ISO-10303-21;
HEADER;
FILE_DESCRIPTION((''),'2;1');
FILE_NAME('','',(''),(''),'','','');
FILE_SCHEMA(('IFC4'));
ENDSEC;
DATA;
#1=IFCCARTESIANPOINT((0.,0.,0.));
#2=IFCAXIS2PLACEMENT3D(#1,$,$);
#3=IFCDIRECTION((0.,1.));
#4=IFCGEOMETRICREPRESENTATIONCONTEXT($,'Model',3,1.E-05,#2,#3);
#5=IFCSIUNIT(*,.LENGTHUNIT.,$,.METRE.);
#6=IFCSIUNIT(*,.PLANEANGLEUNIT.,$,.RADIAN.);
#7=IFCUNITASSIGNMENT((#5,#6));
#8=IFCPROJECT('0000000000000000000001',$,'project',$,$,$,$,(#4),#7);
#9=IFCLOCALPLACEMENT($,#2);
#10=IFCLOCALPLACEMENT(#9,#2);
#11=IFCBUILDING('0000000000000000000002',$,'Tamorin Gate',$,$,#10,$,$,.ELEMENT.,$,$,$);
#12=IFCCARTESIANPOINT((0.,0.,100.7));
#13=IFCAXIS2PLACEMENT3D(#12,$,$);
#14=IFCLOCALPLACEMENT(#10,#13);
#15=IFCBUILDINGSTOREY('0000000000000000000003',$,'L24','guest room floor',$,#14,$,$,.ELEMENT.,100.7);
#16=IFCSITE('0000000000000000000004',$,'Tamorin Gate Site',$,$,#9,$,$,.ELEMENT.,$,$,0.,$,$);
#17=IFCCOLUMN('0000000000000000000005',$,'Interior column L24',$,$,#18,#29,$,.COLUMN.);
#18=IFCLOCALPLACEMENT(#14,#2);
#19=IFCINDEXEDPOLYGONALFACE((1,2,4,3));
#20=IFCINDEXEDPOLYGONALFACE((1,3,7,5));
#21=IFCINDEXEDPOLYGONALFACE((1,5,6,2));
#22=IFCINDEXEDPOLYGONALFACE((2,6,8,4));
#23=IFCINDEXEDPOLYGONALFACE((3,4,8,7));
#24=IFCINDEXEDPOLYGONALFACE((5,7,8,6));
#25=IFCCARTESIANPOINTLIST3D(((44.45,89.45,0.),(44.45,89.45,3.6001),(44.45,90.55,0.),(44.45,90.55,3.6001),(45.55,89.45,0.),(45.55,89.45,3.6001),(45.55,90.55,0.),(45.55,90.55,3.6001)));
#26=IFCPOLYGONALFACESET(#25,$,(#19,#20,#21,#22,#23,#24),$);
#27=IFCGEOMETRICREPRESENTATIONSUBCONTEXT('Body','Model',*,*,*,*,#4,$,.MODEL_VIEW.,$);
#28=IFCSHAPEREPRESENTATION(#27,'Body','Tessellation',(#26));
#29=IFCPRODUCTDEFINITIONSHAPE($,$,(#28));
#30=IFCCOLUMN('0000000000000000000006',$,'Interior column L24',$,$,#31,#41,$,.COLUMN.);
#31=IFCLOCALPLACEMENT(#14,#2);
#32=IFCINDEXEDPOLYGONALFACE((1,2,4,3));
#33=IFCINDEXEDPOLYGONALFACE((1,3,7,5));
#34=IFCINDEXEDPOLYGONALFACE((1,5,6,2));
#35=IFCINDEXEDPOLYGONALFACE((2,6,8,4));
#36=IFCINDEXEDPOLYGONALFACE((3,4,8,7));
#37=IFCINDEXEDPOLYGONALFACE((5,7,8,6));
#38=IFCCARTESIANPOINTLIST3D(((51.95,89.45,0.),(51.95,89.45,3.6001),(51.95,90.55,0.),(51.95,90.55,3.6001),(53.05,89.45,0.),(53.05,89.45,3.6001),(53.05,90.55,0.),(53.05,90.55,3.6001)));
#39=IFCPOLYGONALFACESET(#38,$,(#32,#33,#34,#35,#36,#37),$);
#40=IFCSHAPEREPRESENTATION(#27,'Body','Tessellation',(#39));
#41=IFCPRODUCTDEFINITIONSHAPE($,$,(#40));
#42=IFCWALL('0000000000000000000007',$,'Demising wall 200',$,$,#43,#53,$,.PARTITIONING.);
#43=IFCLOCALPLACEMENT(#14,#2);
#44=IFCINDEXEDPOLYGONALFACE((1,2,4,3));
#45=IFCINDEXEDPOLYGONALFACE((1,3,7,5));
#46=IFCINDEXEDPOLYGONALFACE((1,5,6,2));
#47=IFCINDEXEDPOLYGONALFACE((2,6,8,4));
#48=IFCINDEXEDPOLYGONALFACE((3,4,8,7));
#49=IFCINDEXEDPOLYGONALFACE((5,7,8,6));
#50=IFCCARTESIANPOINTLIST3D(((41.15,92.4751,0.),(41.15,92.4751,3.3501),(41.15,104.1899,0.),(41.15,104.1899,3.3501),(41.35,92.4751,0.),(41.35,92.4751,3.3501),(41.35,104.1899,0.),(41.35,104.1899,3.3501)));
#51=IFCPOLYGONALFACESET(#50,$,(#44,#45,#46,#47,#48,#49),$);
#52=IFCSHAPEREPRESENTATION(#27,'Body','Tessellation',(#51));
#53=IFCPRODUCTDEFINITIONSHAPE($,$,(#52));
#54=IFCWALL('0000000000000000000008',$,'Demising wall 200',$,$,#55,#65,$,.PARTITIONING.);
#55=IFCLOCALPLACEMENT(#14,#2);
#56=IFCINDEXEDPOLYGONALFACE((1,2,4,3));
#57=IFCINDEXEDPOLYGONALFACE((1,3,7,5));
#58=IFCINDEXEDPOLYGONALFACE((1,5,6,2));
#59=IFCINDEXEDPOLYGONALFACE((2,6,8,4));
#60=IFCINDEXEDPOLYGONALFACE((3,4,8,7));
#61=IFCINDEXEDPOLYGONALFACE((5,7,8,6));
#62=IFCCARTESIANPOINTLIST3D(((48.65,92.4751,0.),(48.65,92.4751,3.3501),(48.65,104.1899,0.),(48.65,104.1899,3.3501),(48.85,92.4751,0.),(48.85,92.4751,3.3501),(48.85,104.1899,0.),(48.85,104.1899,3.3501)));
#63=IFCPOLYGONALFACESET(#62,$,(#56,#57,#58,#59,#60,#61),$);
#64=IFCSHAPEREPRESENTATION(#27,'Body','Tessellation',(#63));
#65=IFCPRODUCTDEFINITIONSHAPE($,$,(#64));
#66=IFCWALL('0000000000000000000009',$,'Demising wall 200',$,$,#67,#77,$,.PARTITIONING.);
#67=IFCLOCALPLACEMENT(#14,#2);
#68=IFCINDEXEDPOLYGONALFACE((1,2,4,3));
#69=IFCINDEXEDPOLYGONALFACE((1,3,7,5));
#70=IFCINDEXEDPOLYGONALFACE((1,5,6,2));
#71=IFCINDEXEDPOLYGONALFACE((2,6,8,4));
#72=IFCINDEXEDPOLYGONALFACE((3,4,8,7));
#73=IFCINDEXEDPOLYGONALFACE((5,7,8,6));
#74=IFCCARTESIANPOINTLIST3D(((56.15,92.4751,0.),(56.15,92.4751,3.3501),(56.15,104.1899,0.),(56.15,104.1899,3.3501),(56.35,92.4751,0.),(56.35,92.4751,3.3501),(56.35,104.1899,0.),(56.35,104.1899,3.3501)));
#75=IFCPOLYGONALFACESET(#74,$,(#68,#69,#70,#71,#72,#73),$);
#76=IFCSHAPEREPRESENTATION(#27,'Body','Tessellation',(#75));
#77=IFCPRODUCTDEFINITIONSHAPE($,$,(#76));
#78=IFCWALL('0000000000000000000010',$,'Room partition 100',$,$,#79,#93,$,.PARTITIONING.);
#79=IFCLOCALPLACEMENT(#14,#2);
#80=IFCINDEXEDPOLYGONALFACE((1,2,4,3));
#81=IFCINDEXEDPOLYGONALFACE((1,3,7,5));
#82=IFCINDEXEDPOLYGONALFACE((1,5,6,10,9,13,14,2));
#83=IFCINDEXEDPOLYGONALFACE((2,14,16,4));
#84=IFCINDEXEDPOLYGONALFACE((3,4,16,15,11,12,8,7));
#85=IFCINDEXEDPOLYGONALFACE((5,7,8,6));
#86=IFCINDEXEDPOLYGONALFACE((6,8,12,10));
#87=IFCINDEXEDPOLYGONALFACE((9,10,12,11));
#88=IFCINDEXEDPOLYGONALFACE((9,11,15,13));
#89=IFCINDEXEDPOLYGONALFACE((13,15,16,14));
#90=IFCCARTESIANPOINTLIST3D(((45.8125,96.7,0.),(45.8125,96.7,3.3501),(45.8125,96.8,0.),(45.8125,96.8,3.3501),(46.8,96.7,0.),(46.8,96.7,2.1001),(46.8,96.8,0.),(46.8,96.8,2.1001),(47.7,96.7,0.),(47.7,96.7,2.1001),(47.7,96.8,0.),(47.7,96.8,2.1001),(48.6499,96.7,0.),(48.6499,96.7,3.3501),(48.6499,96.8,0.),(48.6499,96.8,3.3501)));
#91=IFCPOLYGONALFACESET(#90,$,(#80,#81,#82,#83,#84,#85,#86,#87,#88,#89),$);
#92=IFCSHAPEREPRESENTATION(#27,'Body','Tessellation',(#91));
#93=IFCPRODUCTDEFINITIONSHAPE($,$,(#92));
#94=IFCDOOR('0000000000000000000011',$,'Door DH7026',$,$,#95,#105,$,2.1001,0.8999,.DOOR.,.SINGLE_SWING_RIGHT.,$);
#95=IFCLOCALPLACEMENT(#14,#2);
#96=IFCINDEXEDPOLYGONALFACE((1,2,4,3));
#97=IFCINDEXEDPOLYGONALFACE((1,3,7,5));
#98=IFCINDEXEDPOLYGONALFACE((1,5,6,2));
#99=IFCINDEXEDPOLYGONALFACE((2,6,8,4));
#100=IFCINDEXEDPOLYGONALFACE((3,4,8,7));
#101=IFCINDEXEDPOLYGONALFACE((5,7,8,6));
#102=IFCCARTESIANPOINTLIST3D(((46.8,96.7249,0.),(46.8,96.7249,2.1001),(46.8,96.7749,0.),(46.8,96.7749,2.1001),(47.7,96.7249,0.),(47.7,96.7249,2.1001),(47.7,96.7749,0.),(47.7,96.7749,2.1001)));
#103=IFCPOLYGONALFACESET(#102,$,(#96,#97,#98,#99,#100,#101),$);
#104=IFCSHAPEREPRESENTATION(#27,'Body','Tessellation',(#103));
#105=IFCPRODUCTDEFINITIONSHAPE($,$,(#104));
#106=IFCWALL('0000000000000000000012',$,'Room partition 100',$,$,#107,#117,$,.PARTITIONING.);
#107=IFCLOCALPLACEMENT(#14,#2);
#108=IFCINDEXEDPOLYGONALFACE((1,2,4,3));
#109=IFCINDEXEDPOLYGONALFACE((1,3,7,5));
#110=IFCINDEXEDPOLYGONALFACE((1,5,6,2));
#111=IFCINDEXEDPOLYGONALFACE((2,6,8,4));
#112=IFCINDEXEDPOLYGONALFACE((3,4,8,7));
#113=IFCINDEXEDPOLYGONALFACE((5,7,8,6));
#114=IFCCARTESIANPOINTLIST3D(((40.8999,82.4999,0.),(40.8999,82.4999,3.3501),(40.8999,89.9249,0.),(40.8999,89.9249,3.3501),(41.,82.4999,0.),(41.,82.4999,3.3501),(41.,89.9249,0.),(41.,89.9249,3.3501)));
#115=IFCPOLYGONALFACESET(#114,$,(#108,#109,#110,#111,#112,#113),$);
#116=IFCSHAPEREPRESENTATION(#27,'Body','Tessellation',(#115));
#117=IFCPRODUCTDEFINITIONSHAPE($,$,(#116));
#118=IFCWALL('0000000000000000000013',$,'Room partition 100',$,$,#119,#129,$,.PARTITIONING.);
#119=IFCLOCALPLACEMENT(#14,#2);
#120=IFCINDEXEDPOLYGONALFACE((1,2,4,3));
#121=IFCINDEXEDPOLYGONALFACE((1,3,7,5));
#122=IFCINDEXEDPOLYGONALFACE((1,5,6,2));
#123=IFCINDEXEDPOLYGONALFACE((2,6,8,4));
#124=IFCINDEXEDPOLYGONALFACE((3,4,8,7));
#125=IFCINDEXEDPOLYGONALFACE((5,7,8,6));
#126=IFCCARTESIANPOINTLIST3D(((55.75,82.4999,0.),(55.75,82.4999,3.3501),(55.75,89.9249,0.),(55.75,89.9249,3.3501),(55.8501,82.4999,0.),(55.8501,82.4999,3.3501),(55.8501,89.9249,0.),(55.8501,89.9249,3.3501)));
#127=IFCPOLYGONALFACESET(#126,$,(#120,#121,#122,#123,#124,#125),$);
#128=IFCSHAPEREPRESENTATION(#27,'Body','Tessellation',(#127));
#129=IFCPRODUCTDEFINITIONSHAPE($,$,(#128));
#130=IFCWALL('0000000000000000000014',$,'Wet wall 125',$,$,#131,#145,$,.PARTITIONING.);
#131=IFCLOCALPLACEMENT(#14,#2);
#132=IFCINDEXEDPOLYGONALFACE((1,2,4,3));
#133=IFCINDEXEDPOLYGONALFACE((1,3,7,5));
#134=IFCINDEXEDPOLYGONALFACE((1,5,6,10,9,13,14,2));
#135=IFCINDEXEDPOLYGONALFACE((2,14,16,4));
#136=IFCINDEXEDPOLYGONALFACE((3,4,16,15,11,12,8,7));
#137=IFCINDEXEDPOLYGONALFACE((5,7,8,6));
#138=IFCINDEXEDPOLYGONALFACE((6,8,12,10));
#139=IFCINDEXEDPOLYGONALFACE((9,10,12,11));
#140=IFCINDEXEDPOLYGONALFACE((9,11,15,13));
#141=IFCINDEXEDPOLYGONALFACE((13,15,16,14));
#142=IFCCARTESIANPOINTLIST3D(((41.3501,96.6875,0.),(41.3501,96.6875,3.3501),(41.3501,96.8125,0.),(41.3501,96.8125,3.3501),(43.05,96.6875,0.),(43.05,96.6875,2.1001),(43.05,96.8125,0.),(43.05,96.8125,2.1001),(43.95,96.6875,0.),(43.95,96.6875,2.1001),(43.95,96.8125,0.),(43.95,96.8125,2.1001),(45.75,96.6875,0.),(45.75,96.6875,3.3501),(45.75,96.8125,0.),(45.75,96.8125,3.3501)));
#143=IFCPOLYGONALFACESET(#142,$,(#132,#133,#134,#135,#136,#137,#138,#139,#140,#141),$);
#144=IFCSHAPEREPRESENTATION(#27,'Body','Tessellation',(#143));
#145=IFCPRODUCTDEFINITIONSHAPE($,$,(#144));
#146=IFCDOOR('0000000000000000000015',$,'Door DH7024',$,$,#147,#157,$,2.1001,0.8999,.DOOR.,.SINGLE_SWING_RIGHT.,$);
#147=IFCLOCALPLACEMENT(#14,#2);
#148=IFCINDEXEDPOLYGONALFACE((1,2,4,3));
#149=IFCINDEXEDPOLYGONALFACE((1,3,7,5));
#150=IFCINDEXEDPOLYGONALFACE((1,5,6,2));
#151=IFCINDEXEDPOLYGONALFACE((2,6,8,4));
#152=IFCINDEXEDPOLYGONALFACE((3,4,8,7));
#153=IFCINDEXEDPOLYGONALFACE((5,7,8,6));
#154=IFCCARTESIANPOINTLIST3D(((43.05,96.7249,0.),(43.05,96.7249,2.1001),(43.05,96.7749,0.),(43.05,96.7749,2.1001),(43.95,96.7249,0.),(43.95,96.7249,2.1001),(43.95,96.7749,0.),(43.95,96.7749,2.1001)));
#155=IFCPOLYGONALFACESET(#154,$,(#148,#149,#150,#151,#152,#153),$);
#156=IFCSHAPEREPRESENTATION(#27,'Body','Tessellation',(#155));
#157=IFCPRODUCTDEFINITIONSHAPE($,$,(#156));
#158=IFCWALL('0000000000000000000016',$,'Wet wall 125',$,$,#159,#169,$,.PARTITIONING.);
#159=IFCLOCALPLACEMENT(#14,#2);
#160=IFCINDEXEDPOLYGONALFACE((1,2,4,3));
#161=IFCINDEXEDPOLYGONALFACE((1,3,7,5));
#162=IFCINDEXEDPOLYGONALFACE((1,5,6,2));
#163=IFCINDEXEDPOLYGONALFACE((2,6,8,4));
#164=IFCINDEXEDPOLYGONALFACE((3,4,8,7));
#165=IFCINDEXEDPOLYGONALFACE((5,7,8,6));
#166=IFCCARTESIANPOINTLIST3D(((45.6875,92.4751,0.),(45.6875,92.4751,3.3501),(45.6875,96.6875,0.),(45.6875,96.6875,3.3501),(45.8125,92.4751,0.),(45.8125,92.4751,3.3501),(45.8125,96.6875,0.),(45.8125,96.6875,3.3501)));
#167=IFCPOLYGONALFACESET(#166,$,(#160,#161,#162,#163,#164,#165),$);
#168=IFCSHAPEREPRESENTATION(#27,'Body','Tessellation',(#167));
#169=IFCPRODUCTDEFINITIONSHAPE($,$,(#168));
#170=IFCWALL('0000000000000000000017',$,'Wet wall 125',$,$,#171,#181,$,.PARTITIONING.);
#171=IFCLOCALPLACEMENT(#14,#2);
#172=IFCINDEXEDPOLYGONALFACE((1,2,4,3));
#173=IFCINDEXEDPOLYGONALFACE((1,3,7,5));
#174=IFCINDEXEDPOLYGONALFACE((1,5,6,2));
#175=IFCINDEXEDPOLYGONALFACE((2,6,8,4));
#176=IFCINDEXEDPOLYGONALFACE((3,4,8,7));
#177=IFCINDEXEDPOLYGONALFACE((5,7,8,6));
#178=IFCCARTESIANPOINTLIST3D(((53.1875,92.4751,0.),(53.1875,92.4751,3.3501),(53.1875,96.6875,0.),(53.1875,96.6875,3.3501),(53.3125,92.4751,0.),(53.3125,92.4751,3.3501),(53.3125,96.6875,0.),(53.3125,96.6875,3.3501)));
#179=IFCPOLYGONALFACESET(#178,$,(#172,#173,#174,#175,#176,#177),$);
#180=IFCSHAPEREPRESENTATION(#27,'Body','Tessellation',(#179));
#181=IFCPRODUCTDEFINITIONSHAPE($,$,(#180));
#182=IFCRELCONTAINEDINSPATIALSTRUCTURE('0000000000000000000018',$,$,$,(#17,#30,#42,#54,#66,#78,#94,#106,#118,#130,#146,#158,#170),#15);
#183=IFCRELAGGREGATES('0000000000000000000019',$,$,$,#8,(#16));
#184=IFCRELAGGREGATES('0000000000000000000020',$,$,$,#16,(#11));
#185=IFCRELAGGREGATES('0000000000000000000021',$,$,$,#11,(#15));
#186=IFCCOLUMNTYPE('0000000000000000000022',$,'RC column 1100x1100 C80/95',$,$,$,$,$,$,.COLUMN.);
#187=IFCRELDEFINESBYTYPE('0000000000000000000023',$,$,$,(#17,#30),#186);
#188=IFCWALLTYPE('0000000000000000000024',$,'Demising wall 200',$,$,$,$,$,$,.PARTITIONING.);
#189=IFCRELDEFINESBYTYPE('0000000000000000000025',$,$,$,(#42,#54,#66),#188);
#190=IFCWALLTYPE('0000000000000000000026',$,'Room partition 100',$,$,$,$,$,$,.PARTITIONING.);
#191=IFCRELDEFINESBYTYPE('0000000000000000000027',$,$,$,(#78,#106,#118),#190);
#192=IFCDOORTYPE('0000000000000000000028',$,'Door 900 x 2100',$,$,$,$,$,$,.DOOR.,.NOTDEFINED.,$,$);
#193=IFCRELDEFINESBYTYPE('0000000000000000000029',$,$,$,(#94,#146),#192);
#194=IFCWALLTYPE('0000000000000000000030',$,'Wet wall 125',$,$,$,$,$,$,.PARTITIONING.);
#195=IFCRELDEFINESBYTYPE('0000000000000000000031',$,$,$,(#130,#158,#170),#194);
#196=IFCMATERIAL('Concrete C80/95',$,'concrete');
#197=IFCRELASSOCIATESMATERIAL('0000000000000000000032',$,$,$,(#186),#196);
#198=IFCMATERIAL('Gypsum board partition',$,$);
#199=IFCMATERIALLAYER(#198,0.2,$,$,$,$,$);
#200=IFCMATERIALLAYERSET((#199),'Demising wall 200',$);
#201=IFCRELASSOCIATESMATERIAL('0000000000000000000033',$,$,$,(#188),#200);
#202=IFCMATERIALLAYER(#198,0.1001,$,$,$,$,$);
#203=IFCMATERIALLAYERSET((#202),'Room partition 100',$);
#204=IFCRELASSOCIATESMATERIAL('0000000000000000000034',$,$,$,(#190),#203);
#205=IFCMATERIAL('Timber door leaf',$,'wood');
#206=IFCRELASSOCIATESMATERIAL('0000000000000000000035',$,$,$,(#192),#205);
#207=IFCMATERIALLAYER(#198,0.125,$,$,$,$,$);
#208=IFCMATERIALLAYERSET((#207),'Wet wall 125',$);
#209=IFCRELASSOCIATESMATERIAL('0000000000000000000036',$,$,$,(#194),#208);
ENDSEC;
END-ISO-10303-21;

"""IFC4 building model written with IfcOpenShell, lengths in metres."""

from ifc_helpers import new_model, si_unit, direction, frame, frame_2d, origin, origin_2d, place, context, subcontext, project, spatial, rectangle, extrude, material, layer, layer_set, material_profile, profile_set, type_object, element, fill, save


model = new_model("IFC4")

# Units and contexts
model_context = context("Model", 3, precision=1e-05, world=origin(), true_north=direction((0.0, 1.0)))
body_context = subcontext(model_context, "Body", "Model", "MODEL_VIEW")
ifc_project = project(units=[si_unit("LENGTHUNIT", "METRE"), si_unit("PLANEANGLEUNIT", "RADIAN")], contexts=[model_context])

# Site, building, storey
site_placement = place(None, origin())
site = spatial("IfcSite", under=ifc_project, at=site_placement, Name="Tamorin Gate Site", CompositionType="ELEMENT", RefElevation=0.0)
building_placement = place(site_placement, origin())
building = spatial("IfcBuilding", under=site, at=building_placement, Name="Tamorin Gate", CompositionType="ELEMENT")
storey_placement = place(building_placement, frame((0.0, 0.0, 100.7)))
storey = spatial("IfcBuildingStorey", under=building, at=storey_placement, Name="L24", Description="guest room floor", CompositionType="ELEMENT", Elevation=100.7)

# Columns
ifc_material_1 = material(Name="Concrete C80/95", Category="concrete")
ifc_material_profile = material_profile(ifc_material_1, rectangle(XDim=1.1001, YDim=1.1001, at=origin_2d()), Name="RC 1100x1100")
ifc_profile_set = profile_set([ifc_material_profile], Name="Concrete C80/95")
column_type = type_object("IfcColumnType", Name="RC column 1100x1100 C80/95", PredefinedType="COLUMN", material=ifc_profile_set)
for number, where, z_axis, x_axis, name in (
    (1, (45.0, 90.0, 0.0), (0.0, 0.0, 1.0), (1.0, 0.0, 0.0), "Interior column L24"),
    (2, (52.5, 90.0, 0.0), (0.0, 0.0, 1.0), (1.0, 0.0, 0.0), "Interior column L24"),
):
    element("IfcColumn", number, at=place(storey_placement, frame(where, z_axis=z_axis, x_axis=x_axis)), inside=storey, type_object=column_type, Name=name, PredefinedType="COLUMN", context=body_context, shape_type="SweptSolid", body=[
        extrude(rectangle(XDim=1.1001, YDim=1.1001, at=origin_2d()), origin(), (0.0, 0.0, 1.0), 3.6001),
    ])

# Walls
ifc_material_2 = material(Name="Gypsum board partition")
ifc_layer_1 = layer(ifc_material_2, 0.2)
ifc_layer_set_1 = layer_set([ifc_layer_1], Name="Demising wall 200")
wall_type_1 = type_object("IfcWallType", Name="Demising wall 200", PredefinedType="PARTITIONING", material=ifc_layer_set_1)
for number, where, z_axis, x_axis, name in (
    (3, (41.25, 92.4751, 0.0), (0.0, 0.0, 1.0), (0.0, 1.0, 0.0), "Demising wall 200"),
    (4, (48.75, 92.4751, 0.0), (0.0, 0.0, 1.0), (0.0, 1.0, 0.0), "Demising wall 200"),
    (5, (56.25, 92.4751, 0.0), (0.0, 0.0, 1.0), (0.0, 1.0, 0.0), "Demising wall 200"),
):
    element("IfcWall", number, at=place(storey_placement, frame(where, z_axis=z_axis, x_axis=x_axis)), inside=storey, type_object=wall_type_1, Name=name, PredefinedType="PARTITIONING", context=body_context, shape_type="SweptSolid", body=[
        extrude(rectangle(XDim=11.7148, YDim=0.2, at=frame_2d((5.8574, 0.0))), origin(), (0.0, 0.0, 1.0), 3.3501),
    ])

# Wall, opening, door
ifc_layer_2 = layer(ifc_material_2, 0.1001)
ifc_layer_set_2 = layer_set([ifc_layer_2], Name="Room partition 100")
wall_type_2 = type_object("IfcWallType", Name="Room partition 100", PredefinedType="PARTITIONING", material=ifc_layer_set_2)
wall_1_placement = place(storey_placement, frame((45.8125, 96.75, 0.0), z_axis=(0.0, 0.0, 1.0), x_axis=(1.0, 0.0, 0.0)))
wall_1 = element("IfcWall", 6, at=wall_1_placement, inside=storey, type_object=wall_type_2, Name="Room partition 100", PredefinedType="PARTITIONING", context=body_context, shape_type="SweptSolid", body=[
    extrude(rectangle(XDim=2.8374, YDim=0.1001, at=frame_2d((1.4187, 0.0))), origin(), (0.0, 0.0, 1.0), 3.3501),
])
opening_1_placement = place(wall_1_placement, frame((0.9875, 0.0, 0.0)))
opening_1 = element("IfcOpeningElement", 7, at=opening_1_placement, cuts=wall_1, PredefinedType="OPENING", context=body_context, shape_type="SweptSolid", body=[
    extrude(rectangle(XDim=0.8999, YDim=2.1001, at=frame_2d((0.45, 1.05))), frame((0.0, 0.0601, 0.0), z_axis=(0.0, -1.0, 0.0), x_axis=(1.0, 0.0, 0.0)), (0.0, 0.0, 1.0), 0.1201),
])
ifc_material_3 = material(Name="Timber door leaf", Category="wood")
door_type = type_object("IfcDoorType", Name="Door 900 x 2100", OperationType="NOTDEFINED", PredefinedType="DOOR", material=ifc_material_3)
door_1_placement = place(opening_1_placement, origin())
door_1 = element("IfcDoor", 8, at=door_1_placement, inside=storey, type_object=door_type, Name="Door DH7026", OperationType="SINGLE_SWING_RIGHT", OverallHeight=2.1001, OverallWidth=0.8999, PredefinedType="DOOR", context=body_context, shape_type="SweptSolid", body=[
    extrude(rectangle(XDim=0.8999, YDim=2.1001, at=frame_2d((0.45, 1.05))), frame((0.0, 0.0249, 0.0), z_axis=(0.0, -1.0, 0.0), x_axis=(1.0, 0.0, 0.0)), (0.0, 0.0, 1.0), 0.05),
])
fill(opening_1, door_1)

# Walls
for number, where, z_axis, x_axis, name in (
    (9, (40.95, 82.5, 0.0), (0.0, 0.0, 1.0), (0.0, 1.0, 0.0), "Room partition 100"),
    (10, (55.8, 82.5, 0.0), (0.0, 0.0, 1.0), (0.0, 1.0, 0.0), "Room partition 100"),
):
    element("IfcWall", number, at=place(storey_placement, frame(where, z_axis=z_axis, x_axis=x_axis)), inside=storey, type_object=wall_type_2, Name=name, PredefinedType="PARTITIONING", context=body_context, shape_type="SweptSolid", body=[
        extrude(rectangle(XDim=7.425, YDim=0.1001, at=frame_2d((3.7124, 0.0))), origin(), (0.0, 0.0, 1.0), 3.3501),
    ])

# Wall, opening, door
ifc_layer_3 = layer(ifc_material_2, 0.125)
ifc_layer_set_3 = layer_set([ifc_layer_3], Name="Wet wall 125")
wall_type_3 = type_object("IfcWallType", Name="Wet wall 125", PredefinedType="PARTITIONING", material=ifc_layer_set_3)
wall_2_placement = place(storey_placement, frame((41.3501, 96.75, 0.0), z_axis=(0.0, 0.0, 1.0), x_axis=(1.0, 0.0, 0.0)))
wall_2 = element("IfcWall", 11, at=wall_2_placement, inside=storey, type_object=wall_type_3, Name="Wet wall 125", PredefinedType="PARTITIONING", context=body_context, shape_type="SweptSolid", body=[
    extrude(rectangle(XDim=4.3999, YDim=0.125, at=frame_2d((2.2, 0.0))), origin(), (0.0, 0.0, 1.0), 3.3501),
])
opening_2_placement = place(wall_2_placement, frame((1.7, 0.0, 0.0)))
opening_2 = element("IfcOpeningElement", 12, at=opening_2_placement, cuts=wall_2, PredefinedType="OPENING", context=body_context, shape_type="SweptSolid", body=[
    extrude(rectangle(XDim=0.8999, YDim=2.1001, at=frame_2d((0.45, 1.05))), frame((0.0, 0.0725, 0.0), z_axis=(0.0, -1.0, 0.0), x_axis=(1.0, 0.0, 0.0)), (0.0, 0.0, 1.0), 0.145),
])
door_2_placement = place(opening_2_placement, origin())
door_2 = element("IfcDoor", 13, at=door_2_placement, inside=storey, type_object=door_type, Name="Door DH7024", OperationType="SINGLE_SWING_RIGHT", OverallHeight=2.1001, OverallWidth=0.8999, PredefinedType="DOOR", context=body_context, shape_type="SweptSolid", body=[
    extrude(rectangle(XDim=0.8999, YDim=2.1001, at=frame_2d((0.45, 1.05))), frame((0.0, 0.0249, 0.0), z_axis=(0.0, -1.0, 0.0), x_axis=(1.0, 0.0, 0.0)), (0.0, 0.0, 1.0), 0.05),
])
fill(opening_2, door_2)

# Walls
for number, where, z_axis, x_axis, name in (
    (14, (45.75, 92.4751, 0.0), (0.0, 0.0, 1.0), (0.0, 1.0, 0.0), "Wet wall 125"),
    (15, (53.25, 92.4751, 0.0), (0.0, 0.0, 1.0), (0.0, 1.0, 0.0), "Wet wall 125"),
):
    element("IfcWall", number, at=place(storey_placement, frame(where, z_axis=z_axis, x_axis=x_axis)), inside=storey, type_object=wall_type_3, Name=name, PredefinedType="PARTITIONING", context=body_context, shape_type="SweptSolid", body=[
        extrude(rectangle(XDim=4.2124, YDim=0.125, at=frame_2d((2.1062, 0.0))), origin(), (0.0, 0.0, 1.0), 3.3501),
    ])

save(model, "model.ifc")
